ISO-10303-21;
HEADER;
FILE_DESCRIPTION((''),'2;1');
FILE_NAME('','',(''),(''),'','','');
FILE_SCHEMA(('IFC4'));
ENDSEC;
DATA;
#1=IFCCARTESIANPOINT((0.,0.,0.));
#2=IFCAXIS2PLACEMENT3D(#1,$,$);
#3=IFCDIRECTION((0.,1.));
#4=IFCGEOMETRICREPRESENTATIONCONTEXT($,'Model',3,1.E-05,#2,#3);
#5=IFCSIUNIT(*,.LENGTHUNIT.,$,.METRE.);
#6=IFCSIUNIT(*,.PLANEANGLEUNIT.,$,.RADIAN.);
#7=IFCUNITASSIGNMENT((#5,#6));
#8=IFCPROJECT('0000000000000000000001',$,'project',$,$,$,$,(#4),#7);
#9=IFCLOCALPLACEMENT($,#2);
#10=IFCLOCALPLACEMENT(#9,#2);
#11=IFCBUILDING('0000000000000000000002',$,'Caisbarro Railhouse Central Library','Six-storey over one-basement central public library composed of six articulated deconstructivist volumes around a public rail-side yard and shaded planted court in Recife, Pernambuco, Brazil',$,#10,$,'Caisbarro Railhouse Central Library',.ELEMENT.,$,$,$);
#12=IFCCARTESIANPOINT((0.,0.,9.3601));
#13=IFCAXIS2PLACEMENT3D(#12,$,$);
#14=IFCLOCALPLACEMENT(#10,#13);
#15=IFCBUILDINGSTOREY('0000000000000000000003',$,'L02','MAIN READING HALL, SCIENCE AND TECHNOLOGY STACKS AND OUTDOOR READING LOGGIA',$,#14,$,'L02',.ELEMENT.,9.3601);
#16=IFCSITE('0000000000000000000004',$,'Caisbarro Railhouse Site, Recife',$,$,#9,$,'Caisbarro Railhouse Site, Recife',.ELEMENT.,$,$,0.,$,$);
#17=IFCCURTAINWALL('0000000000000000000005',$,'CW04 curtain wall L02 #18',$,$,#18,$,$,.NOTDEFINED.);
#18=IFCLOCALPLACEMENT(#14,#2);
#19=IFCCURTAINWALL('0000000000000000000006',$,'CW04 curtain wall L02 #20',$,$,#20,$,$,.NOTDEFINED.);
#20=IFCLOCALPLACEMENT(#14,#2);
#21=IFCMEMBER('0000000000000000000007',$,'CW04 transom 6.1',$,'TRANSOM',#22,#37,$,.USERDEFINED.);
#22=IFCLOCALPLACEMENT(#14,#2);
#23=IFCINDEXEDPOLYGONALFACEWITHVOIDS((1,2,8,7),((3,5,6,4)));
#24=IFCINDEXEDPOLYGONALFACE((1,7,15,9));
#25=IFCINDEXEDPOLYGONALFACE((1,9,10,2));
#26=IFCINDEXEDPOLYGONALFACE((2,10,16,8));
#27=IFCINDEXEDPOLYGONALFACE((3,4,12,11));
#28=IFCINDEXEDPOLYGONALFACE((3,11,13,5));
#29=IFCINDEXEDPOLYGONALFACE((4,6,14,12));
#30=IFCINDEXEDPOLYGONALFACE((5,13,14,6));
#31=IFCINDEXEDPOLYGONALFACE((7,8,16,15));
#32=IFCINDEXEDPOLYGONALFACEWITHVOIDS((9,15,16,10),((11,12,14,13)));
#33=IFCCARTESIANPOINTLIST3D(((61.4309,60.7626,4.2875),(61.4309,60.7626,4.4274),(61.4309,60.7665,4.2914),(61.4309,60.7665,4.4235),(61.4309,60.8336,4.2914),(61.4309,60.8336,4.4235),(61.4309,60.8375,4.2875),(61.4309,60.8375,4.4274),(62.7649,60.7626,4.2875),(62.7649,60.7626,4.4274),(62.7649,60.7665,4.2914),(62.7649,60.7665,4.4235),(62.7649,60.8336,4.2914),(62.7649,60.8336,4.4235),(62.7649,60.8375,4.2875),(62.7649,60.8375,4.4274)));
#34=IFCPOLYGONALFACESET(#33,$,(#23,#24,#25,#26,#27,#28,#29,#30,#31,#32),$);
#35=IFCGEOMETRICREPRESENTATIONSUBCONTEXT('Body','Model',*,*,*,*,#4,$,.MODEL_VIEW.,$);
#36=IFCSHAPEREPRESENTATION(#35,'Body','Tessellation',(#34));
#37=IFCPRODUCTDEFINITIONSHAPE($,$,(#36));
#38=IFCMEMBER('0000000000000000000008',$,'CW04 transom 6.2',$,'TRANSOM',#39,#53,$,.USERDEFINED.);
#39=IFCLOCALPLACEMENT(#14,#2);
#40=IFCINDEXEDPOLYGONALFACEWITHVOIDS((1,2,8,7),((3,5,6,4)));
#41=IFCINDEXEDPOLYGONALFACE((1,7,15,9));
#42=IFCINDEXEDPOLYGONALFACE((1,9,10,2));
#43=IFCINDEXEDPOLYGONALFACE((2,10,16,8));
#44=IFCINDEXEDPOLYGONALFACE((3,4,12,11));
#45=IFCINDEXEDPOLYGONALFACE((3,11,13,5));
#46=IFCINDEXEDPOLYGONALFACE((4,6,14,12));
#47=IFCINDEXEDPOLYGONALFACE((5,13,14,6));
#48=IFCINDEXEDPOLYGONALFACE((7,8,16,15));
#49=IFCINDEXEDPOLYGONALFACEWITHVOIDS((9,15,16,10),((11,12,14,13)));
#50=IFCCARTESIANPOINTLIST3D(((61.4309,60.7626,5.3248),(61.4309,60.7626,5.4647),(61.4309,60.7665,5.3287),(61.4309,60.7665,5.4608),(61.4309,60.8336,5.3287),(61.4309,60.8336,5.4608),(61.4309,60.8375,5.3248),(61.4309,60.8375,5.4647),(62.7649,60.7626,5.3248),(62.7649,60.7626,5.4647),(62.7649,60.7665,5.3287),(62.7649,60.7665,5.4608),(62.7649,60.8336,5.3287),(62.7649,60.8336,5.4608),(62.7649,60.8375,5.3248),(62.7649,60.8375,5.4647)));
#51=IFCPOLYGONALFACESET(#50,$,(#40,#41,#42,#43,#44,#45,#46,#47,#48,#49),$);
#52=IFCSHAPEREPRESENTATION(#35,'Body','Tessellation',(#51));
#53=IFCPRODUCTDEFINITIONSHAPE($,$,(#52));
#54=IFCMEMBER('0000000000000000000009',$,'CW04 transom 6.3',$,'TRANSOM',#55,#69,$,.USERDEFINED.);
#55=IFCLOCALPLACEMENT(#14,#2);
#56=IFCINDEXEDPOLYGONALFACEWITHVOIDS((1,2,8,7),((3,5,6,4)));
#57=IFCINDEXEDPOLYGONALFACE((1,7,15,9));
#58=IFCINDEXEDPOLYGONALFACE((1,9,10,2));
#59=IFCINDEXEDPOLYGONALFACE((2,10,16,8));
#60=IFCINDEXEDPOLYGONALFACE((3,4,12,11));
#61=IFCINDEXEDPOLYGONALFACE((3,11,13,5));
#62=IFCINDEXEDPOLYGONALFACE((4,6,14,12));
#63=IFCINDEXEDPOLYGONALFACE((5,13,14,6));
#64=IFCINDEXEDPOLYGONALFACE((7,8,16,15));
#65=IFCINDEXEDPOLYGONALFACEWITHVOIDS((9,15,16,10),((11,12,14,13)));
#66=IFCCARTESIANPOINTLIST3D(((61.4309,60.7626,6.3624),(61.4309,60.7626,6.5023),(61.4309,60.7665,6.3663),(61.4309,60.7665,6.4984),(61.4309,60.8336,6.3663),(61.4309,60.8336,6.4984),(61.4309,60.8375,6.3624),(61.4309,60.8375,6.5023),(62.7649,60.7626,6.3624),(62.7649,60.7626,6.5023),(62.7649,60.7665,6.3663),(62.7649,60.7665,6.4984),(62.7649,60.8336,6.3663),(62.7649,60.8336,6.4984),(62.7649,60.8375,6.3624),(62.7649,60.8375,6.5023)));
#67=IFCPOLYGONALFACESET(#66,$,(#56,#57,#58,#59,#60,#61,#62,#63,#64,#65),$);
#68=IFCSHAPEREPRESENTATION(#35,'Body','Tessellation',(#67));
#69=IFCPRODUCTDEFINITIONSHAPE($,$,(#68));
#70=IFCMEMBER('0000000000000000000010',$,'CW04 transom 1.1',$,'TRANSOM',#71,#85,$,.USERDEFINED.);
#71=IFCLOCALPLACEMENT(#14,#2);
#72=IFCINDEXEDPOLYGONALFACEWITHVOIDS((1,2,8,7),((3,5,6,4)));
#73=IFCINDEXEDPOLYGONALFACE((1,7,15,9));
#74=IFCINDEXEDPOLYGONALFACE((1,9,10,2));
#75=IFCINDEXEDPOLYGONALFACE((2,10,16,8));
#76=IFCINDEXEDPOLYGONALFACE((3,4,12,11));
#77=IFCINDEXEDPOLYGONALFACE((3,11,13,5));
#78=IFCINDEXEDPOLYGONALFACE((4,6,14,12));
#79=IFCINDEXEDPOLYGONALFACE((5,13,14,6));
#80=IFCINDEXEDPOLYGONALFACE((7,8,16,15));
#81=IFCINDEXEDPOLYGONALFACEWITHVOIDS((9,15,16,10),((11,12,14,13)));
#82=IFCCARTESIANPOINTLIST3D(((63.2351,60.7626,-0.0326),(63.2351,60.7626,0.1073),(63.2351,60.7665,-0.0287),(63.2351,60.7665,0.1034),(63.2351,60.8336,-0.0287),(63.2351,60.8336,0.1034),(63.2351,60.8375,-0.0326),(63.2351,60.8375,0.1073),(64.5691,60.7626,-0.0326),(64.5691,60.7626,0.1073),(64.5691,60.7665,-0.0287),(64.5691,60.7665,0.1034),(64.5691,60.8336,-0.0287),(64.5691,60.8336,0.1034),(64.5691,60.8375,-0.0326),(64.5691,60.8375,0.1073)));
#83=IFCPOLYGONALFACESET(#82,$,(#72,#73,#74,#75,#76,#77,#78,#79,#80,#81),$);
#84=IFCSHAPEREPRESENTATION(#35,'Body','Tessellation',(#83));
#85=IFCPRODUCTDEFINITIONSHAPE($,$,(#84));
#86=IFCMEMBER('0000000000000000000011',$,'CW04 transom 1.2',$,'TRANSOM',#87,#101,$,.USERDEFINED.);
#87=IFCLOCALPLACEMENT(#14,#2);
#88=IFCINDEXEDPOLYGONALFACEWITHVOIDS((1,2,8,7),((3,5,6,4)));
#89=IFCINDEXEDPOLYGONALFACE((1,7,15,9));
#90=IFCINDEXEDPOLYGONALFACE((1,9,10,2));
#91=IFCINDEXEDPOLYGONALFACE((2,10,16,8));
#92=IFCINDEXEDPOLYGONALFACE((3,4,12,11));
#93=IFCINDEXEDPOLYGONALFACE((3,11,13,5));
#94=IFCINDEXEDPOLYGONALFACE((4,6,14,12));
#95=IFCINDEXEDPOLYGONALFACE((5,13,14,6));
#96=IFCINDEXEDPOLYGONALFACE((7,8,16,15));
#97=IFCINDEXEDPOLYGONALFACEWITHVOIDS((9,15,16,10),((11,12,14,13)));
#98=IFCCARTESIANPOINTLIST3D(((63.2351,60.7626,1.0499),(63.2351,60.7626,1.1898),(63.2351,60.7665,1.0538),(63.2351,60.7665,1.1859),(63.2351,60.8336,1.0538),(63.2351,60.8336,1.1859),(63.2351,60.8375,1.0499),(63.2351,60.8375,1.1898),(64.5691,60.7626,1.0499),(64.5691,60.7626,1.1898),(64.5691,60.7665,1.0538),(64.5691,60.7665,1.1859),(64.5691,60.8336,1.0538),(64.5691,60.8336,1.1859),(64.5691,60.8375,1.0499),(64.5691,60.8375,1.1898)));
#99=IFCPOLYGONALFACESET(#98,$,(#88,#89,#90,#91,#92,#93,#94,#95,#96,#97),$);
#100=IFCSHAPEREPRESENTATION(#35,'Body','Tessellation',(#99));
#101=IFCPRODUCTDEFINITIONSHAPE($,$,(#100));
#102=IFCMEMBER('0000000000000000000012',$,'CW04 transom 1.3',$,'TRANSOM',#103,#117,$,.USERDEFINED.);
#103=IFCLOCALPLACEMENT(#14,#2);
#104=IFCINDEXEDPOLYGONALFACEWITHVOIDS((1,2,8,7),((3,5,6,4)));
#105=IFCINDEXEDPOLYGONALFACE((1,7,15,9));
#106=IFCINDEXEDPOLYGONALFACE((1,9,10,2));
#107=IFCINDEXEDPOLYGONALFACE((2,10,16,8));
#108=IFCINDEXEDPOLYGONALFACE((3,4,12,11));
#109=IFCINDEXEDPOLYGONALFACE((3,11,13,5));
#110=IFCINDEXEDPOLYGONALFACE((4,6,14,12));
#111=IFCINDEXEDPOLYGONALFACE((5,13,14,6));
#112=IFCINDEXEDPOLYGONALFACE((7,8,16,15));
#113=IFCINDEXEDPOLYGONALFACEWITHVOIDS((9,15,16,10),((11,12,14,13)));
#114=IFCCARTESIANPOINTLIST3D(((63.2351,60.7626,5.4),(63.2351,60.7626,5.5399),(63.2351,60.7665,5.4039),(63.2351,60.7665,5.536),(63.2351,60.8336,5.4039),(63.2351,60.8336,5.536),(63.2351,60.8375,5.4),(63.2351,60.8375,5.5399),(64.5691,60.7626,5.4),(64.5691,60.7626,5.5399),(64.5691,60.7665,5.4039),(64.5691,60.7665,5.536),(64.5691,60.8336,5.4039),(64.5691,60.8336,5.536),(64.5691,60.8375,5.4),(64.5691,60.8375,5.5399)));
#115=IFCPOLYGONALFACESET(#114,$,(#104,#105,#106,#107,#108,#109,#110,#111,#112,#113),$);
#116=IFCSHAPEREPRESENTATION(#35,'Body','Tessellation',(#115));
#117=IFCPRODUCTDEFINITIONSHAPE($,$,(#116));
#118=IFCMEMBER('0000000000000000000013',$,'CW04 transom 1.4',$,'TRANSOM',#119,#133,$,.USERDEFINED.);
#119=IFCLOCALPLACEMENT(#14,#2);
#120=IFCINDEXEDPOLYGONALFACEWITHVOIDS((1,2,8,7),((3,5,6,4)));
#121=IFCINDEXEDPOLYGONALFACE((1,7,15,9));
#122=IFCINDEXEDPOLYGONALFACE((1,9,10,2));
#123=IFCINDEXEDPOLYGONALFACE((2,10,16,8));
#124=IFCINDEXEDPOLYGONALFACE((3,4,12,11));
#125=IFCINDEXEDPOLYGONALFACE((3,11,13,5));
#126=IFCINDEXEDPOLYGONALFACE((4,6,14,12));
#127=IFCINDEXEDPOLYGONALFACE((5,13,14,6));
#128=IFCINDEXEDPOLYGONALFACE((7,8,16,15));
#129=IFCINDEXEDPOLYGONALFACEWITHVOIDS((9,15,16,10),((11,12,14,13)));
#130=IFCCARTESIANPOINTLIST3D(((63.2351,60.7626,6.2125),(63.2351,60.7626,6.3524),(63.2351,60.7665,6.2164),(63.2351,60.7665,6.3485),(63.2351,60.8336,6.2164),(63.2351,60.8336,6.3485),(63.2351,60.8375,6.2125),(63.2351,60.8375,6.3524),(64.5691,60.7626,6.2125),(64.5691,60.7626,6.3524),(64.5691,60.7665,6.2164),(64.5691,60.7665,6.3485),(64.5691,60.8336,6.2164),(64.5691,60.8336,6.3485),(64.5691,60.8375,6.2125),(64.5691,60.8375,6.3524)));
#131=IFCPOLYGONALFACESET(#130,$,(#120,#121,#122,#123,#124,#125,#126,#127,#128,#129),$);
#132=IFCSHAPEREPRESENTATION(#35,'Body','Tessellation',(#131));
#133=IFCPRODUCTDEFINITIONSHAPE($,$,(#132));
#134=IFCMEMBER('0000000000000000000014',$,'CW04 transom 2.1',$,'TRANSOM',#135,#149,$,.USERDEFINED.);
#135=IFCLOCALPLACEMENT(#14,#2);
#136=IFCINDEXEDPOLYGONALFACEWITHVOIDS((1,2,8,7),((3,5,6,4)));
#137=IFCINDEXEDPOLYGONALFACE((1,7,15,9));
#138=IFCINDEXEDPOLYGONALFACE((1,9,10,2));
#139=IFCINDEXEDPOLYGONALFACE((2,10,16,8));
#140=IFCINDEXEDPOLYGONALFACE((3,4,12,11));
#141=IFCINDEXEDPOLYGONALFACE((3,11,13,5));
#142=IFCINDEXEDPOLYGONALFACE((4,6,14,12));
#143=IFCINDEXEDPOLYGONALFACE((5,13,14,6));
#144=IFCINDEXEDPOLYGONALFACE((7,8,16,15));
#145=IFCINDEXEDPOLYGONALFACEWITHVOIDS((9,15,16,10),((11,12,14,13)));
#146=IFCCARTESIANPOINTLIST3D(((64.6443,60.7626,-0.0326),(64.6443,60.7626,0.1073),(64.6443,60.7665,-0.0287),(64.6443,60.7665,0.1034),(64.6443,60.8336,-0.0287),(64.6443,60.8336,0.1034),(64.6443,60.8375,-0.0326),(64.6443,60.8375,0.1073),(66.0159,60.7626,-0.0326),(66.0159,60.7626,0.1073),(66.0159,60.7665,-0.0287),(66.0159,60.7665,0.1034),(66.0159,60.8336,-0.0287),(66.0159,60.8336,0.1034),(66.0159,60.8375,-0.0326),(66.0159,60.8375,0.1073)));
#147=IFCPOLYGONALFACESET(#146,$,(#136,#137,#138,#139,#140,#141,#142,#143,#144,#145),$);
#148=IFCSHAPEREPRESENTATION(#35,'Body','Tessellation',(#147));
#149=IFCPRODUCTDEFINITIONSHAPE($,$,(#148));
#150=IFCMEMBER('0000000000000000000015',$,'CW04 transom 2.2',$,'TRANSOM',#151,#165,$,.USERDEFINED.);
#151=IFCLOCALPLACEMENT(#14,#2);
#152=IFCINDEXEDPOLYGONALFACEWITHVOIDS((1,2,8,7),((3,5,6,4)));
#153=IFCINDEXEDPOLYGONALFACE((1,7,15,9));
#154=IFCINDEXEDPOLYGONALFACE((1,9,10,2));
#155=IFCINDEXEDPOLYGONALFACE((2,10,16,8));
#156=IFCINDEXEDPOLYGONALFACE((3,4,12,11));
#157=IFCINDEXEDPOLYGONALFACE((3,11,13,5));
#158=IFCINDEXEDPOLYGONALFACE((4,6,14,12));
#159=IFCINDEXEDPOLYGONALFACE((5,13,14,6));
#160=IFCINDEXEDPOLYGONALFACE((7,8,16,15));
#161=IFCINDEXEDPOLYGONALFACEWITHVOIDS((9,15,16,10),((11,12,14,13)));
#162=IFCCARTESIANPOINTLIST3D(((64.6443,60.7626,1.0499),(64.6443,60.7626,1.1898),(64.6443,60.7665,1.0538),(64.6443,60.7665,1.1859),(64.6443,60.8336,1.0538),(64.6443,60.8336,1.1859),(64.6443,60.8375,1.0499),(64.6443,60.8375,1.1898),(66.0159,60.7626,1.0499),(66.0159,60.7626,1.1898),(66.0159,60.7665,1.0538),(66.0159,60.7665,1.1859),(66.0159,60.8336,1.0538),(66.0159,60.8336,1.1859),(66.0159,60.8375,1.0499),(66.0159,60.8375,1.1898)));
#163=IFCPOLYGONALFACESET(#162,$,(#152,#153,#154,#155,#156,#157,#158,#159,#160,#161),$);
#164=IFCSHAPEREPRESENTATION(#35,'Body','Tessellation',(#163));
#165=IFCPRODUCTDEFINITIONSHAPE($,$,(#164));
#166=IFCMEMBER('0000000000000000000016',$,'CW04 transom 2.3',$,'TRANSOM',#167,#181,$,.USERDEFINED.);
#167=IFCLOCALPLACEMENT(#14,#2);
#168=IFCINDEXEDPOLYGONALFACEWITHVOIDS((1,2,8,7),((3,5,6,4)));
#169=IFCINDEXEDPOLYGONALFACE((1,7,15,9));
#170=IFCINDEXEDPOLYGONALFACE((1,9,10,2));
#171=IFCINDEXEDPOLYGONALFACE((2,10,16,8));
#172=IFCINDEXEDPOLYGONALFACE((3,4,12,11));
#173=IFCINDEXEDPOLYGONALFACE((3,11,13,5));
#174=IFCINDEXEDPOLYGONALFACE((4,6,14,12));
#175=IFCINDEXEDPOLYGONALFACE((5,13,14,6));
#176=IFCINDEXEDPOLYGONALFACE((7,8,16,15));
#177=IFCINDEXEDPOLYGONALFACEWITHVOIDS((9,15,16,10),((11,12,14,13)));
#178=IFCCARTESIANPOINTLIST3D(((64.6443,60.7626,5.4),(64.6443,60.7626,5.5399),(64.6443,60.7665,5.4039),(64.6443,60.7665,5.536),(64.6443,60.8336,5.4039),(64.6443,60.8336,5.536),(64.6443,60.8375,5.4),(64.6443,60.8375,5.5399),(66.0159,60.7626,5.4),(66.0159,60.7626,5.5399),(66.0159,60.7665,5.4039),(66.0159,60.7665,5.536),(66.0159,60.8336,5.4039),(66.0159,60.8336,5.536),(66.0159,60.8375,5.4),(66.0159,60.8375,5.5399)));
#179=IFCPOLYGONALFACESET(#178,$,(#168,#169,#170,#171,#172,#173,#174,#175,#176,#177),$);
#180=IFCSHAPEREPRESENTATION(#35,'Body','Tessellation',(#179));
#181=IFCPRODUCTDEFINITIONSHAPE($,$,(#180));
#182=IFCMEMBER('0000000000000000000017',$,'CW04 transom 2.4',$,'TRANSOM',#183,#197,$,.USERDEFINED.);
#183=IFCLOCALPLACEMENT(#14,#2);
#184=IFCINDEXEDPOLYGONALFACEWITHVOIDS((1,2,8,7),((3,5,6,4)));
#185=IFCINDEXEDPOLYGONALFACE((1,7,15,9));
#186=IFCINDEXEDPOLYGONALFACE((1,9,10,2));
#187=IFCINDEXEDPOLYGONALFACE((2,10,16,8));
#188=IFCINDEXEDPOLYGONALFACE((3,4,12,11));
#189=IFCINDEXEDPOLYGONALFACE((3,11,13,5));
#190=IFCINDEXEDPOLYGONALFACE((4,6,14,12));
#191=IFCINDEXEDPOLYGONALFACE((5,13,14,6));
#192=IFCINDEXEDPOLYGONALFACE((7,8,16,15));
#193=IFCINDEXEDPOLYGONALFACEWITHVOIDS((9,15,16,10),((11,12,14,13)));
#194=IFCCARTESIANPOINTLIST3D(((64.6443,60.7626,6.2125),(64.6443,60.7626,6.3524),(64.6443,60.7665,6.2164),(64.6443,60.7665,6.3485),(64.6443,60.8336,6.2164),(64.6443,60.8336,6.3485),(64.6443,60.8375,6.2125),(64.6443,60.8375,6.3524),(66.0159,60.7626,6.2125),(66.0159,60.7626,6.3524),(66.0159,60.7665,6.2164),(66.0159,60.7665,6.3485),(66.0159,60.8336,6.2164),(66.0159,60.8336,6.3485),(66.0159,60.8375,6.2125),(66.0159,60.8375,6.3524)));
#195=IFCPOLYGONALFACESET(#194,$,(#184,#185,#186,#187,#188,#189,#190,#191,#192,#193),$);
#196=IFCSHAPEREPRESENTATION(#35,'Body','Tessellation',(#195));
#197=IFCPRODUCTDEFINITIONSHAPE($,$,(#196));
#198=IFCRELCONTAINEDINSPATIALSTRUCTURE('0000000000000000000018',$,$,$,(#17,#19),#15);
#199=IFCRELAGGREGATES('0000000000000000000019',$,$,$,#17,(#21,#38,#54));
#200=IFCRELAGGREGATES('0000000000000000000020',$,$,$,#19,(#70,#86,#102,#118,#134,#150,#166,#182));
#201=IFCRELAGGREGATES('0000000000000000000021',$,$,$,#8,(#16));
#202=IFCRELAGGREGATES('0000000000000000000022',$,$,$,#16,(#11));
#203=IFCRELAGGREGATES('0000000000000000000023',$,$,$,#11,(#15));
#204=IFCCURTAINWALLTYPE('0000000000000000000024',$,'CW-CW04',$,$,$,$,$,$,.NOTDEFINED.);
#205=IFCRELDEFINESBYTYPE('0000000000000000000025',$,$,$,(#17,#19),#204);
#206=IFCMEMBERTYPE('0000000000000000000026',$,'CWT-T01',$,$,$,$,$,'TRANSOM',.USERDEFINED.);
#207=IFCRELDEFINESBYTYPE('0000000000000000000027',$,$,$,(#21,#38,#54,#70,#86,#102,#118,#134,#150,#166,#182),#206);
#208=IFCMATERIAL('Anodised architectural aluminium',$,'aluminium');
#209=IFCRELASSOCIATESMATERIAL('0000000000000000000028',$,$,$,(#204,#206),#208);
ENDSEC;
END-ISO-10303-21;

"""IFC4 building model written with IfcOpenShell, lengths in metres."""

from ifc_helpers import new_model, si_unit, direction, frame, origin, origin_2d, place, context, subcontext, project, spatial, hollow_rectangle, extrude, material, material_profile, profile_set, type_object, element, aggregate, save


model = new_model("IFC4")

# Units and contexts
model_context = context("Model", 3, precision=1e-05, world=origin(), true_north=direction((0.0, 1.0)))
body_context = subcontext(model_context, "Body", "Model", "MODEL_VIEW")
ifc_project = project(units=[si_unit("LENGTHUNIT", "METRE"), si_unit("PLANEANGLEUNIT", "RADIAN")], contexts=[model_context])

# Site, building, storey
site_placement = place(None, origin())
site = spatial("IfcSite", under=ifc_project, at=site_placement, Name="Caisbarro Railhouse Site, Recife", LongName="Caisbarro Railhouse Site, Recife", CompositionType="ELEMENT", RefElevation=0.0)
building_placement = place(site_placement, origin())
building = spatial("IfcBuilding", under=site, at=building_placement, Name="Caisbarro Railhouse Central Library", Description="Six-storey over one-basement central public library composed of six articulated deconstructivist volumes around a public rail-side yard and shaded planted court in Recife, Pernambuco, Brazil", LongName="Caisbarro Railhouse Central Library", CompositionType="ELEMENT")
storey_placement = place(building_placement, frame((0.0, 0.0, 9.3601)))
storey = spatial("IfcBuildingStorey", under=building, at=storey_placement, Name="L02", Description="MAIN READING HALL, SCIENCE AND TECHNOLOGY STACKS AND OUTDOOR READING LOGGIA", LongName="L02", CompositionType="ELEMENT", Elevation=9.3601)

# Curtain walls
ifc_material_1 = material(Name="Anodised architectural aluminium", Category="aluminium")
curtain_wall_type = type_object("IfcCurtainWallType", Name="CW-CW04", PredefinedType="NOTDEFINED", material=ifc_material_1)
curtain_wall_1_placement = place(storey_placement, origin())
curtain_wall_1 = element("IfcCurtainWall", 1, at=curtain_wall_1_placement, inside=storey, type_object=curtain_wall_type, Name="CW04 curtain wall L02 #18", PredefinedType="NOTDEFINED")
curtain_wall_2_placement = place(storey_placement, origin())
curtain_wall_2 = element("IfcCurtainWall", 2, at=curtain_wall_2_placement, inside=storey, type_object=curtain_wall_type, Name="CW04 curtain wall L02 #20", PredefinedType="NOTDEFINED")

# Members
ifc_material_profile_1 = material_profile(ifc_material_1, hollow_rectangle(XDim=0.075, YDim=0.1399, WallThickness=0.0039, at=origin_2d()), Name="ALU-TRN-75X140")
ifc_profile_set_1 = profile_set([ifc_material_profile_1], Name="Anodised architectural aluminium")
member_type_1 = type_object("IfcMemberType", Name="CWT-T01", ElementType="TRANSOM", PredefinedType="USERDEFINED", material=ifc_profile_set_1)
member_1_placement = place(storey_placement, frame((61.4309, 60.8, 4.3574), z_axis=(1.0, 0.0, 0.0), x_axis=(0.0, 1.0, 0.0)))
member_1 = element("IfcMember", 3, at=member_1_placement, type_object=member_type_1, Name="CW04 transom 6.1", ObjectType="TRANSOM", PredefinedType="USERDEFINED", context=body_context, shape_type="SweptSolid", body=[
    extrude(hollow_rectangle(XDim=0.075, YDim=0.1399, WallThickness=0.0039, at=origin_2d()), origin(), (0.0, 0.0, 1.0), 1.334),
])
member_2_placement = place(storey_placement, frame((61.4309, 60.8, 5.3948), z_axis=(1.0, 0.0, 0.0), x_axis=(0.0, 1.0, 0.0)))
member_2 = element("IfcMember", 4, at=member_2_placement, type_object=member_type_1, Name="CW04 transom 6.2", ObjectType="TRANSOM", PredefinedType="USERDEFINED", context=body_context, shape_type="SweptSolid", body=[
    extrude(hollow_rectangle(XDim=0.075, YDim=0.1399, WallThickness=0.0039, at=origin_2d()), origin(), (0.0, 0.0, 1.0), 1.334),
])
member_3_placement = place(storey_placement, frame((61.4309, 60.8, 6.4324), z_axis=(1.0, 0.0, 0.0), x_axis=(0.0, 1.0, 0.0)))
member_3 = element("IfcMember", 5, at=member_3_placement, type_object=member_type_1, Name="CW04 transom 6.3", ObjectType="TRANSOM", PredefinedType="USERDEFINED", context=body_context, shape_type="SweptSolid", body=[
    extrude(hollow_rectangle(XDim=0.075, YDim=0.1399, WallThickness=0.0039, at=origin_2d()), origin(), (0.0, 0.0, 1.0), 1.334),
])
member_4_placement = place(storey_placement, frame((63.2351, 60.8, 0.0374), z_axis=(1.0, 0.0, 0.0), x_axis=(0.0, 1.0, 0.0)))
member_4 = element("IfcMember", 6, at=member_4_placement, type_object=member_type_1, Name="CW04 transom 1.1", ObjectType="TRANSOM", PredefinedType="USERDEFINED", context=body_context, shape_type="SweptSolid", body=[
    extrude(hollow_rectangle(XDim=0.075, YDim=0.1399, WallThickness=0.0039, at=origin_2d()), origin(), (0.0, 0.0, 1.0), 1.334),
])
member_5_placement = place(storey_placement, frame((63.2351, 60.8, 1.1199), z_axis=(1.0, 0.0, 0.0), x_axis=(0.0, 1.0, 0.0)))
member_5 = element("IfcMember", 7, at=member_5_placement, type_object=member_type_1, Name="CW04 transom 1.2", ObjectType="TRANSOM", PredefinedType="USERDEFINED", context=body_context, shape_type="SweptSolid", body=[
    extrude(hollow_rectangle(XDim=0.075, YDim=0.1399, WallThickness=0.0039, at=origin_2d()), origin(), (0.0, 0.0, 1.0), 1.334),
])
member_6_placement = place(storey_placement, frame((63.2351, 60.8, 5.47), z_axis=(1.0, 0.0, 0.0), x_axis=(0.0, 1.0, 0.0)))
member_6 = element("IfcMember", 8, at=member_6_placement, type_object=member_type_1, Name="CW04 transom 1.3", ObjectType="TRANSOM", PredefinedType="USERDEFINED", context=body_context, shape_type="SweptSolid", body=[
    extrude(hollow_rectangle(XDim=0.075, YDim=0.1399, WallThickness=0.0039, at=origin_2d()), origin(), (0.0, 0.0, 1.0), 1.334),
])
member_7_placement = place(storey_placement, frame((63.2351, 60.8, 6.2825), z_axis=(1.0, 0.0, 0.0), x_axis=(0.0, 1.0, 0.0)))
member_7 = element("IfcMember", 9, at=member_7_placement, type_object=member_type_1, Name="CW04 transom 1.4", ObjectType="TRANSOM", PredefinedType="USERDEFINED", context=body_context, shape_type="SweptSolid", body=[
    extrude(hollow_rectangle(XDim=0.075, YDim=0.1399, WallThickness=0.0039, at=origin_2d()), origin(), (0.0, 0.0, 1.0), 1.334),
])
member_8_placement = place(storey_placement, frame((64.6443, 60.8, 0.0374), z_axis=(1.0, 0.0, 0.0), x_axis=(0.0, 1.0, 0.0)))
member_8 = element("IfcMember", 10, at=member_8_placement, type_object=member_type_1, Name="CW04 transom 2.1", ObjectType="TRANSOM", PredefinedType="USERDEFINED", context=body_context, shape_type="SweptSolid", body=[
    extrude(hollow_rectangle(XDim=0.075, YDim=0.1399, WallThickness=0.0039, at=origin_2d()), origin(), (0.0, 0.0, 1.0), 1.3716),
])
member_9_placement = place(storey_placement, frame((64.6443, 60.8, 1.1199), z_axis=(1.0, 0.0, 0.0), x_axis=(0.0, 1.0, 0.0)))
member_9 = element("IfcMember", 11, at=member_9_placement, type_object=member_type_1, Name="CW04 transom 2.2", ObjectType="TRANSOM", PredefinedType="USERDEFINED", context=body_context, shape_type="SweptSolid", body=[
    extrude(hollow_rectangle(XDim=0.075, YDim=0.1399, WallThickness=0.0039, at=origin_2d()), origin(), (0.0, 0.0, 1.0), 1.3716),
])
member_10_placement = place(storey_placement, frame((64.6443, 60.8, 5.47), z_axis=(1.0, 0.0, 0.0), x_axis=(0.0, 1.0, 0.0)))
member_10 = element("IfcMember", 12, at=member_10_placement, type_object=member_type_1, Name="CW04 transom 2.3", ObjectType="TRANSOM", PredefinedType="USERDEFINED", context=body_context, shape_type="SweptSolid", body=[
    extrude(hollow_rectangle(XDim=0.075, YDim=0.1399, WallThickness=0.0039, at=origin_2d()), origin(), (0.0, 0.0, 1.0), 1.3716),
])
member_11_placement = place(storey_placement, frame((64.6443, 60.8, 6.2825), z_axis=(1.0, 0.0, 0.0), x_axis=(0.0, 1.0, 0.0)))
member_11 = element("IfcMember", 13, at=member_11_placement, type_object=member_type_1, Name="CW04 transom 2.4", ObjectType="TRANSOM", PredefinedType="USERDEFINED", context=body_context, shape_type="SweptSolid", body=[
    extrude(hollow_rectangle(XDim=0.075, YDim=0.1399, WallThickness=0.0039, at=origin_2d()), origin(), (0.0, 0.0, 1.0), 1.3716),
])

aggregate(curtain_wall_1, [member_1, member_2, member_3])
aggregate(curtain_wall_2, [member_4, member_5, member_6, member_7, member_8, member_9, member_10, member_11])

save(model, "model.ifc")
